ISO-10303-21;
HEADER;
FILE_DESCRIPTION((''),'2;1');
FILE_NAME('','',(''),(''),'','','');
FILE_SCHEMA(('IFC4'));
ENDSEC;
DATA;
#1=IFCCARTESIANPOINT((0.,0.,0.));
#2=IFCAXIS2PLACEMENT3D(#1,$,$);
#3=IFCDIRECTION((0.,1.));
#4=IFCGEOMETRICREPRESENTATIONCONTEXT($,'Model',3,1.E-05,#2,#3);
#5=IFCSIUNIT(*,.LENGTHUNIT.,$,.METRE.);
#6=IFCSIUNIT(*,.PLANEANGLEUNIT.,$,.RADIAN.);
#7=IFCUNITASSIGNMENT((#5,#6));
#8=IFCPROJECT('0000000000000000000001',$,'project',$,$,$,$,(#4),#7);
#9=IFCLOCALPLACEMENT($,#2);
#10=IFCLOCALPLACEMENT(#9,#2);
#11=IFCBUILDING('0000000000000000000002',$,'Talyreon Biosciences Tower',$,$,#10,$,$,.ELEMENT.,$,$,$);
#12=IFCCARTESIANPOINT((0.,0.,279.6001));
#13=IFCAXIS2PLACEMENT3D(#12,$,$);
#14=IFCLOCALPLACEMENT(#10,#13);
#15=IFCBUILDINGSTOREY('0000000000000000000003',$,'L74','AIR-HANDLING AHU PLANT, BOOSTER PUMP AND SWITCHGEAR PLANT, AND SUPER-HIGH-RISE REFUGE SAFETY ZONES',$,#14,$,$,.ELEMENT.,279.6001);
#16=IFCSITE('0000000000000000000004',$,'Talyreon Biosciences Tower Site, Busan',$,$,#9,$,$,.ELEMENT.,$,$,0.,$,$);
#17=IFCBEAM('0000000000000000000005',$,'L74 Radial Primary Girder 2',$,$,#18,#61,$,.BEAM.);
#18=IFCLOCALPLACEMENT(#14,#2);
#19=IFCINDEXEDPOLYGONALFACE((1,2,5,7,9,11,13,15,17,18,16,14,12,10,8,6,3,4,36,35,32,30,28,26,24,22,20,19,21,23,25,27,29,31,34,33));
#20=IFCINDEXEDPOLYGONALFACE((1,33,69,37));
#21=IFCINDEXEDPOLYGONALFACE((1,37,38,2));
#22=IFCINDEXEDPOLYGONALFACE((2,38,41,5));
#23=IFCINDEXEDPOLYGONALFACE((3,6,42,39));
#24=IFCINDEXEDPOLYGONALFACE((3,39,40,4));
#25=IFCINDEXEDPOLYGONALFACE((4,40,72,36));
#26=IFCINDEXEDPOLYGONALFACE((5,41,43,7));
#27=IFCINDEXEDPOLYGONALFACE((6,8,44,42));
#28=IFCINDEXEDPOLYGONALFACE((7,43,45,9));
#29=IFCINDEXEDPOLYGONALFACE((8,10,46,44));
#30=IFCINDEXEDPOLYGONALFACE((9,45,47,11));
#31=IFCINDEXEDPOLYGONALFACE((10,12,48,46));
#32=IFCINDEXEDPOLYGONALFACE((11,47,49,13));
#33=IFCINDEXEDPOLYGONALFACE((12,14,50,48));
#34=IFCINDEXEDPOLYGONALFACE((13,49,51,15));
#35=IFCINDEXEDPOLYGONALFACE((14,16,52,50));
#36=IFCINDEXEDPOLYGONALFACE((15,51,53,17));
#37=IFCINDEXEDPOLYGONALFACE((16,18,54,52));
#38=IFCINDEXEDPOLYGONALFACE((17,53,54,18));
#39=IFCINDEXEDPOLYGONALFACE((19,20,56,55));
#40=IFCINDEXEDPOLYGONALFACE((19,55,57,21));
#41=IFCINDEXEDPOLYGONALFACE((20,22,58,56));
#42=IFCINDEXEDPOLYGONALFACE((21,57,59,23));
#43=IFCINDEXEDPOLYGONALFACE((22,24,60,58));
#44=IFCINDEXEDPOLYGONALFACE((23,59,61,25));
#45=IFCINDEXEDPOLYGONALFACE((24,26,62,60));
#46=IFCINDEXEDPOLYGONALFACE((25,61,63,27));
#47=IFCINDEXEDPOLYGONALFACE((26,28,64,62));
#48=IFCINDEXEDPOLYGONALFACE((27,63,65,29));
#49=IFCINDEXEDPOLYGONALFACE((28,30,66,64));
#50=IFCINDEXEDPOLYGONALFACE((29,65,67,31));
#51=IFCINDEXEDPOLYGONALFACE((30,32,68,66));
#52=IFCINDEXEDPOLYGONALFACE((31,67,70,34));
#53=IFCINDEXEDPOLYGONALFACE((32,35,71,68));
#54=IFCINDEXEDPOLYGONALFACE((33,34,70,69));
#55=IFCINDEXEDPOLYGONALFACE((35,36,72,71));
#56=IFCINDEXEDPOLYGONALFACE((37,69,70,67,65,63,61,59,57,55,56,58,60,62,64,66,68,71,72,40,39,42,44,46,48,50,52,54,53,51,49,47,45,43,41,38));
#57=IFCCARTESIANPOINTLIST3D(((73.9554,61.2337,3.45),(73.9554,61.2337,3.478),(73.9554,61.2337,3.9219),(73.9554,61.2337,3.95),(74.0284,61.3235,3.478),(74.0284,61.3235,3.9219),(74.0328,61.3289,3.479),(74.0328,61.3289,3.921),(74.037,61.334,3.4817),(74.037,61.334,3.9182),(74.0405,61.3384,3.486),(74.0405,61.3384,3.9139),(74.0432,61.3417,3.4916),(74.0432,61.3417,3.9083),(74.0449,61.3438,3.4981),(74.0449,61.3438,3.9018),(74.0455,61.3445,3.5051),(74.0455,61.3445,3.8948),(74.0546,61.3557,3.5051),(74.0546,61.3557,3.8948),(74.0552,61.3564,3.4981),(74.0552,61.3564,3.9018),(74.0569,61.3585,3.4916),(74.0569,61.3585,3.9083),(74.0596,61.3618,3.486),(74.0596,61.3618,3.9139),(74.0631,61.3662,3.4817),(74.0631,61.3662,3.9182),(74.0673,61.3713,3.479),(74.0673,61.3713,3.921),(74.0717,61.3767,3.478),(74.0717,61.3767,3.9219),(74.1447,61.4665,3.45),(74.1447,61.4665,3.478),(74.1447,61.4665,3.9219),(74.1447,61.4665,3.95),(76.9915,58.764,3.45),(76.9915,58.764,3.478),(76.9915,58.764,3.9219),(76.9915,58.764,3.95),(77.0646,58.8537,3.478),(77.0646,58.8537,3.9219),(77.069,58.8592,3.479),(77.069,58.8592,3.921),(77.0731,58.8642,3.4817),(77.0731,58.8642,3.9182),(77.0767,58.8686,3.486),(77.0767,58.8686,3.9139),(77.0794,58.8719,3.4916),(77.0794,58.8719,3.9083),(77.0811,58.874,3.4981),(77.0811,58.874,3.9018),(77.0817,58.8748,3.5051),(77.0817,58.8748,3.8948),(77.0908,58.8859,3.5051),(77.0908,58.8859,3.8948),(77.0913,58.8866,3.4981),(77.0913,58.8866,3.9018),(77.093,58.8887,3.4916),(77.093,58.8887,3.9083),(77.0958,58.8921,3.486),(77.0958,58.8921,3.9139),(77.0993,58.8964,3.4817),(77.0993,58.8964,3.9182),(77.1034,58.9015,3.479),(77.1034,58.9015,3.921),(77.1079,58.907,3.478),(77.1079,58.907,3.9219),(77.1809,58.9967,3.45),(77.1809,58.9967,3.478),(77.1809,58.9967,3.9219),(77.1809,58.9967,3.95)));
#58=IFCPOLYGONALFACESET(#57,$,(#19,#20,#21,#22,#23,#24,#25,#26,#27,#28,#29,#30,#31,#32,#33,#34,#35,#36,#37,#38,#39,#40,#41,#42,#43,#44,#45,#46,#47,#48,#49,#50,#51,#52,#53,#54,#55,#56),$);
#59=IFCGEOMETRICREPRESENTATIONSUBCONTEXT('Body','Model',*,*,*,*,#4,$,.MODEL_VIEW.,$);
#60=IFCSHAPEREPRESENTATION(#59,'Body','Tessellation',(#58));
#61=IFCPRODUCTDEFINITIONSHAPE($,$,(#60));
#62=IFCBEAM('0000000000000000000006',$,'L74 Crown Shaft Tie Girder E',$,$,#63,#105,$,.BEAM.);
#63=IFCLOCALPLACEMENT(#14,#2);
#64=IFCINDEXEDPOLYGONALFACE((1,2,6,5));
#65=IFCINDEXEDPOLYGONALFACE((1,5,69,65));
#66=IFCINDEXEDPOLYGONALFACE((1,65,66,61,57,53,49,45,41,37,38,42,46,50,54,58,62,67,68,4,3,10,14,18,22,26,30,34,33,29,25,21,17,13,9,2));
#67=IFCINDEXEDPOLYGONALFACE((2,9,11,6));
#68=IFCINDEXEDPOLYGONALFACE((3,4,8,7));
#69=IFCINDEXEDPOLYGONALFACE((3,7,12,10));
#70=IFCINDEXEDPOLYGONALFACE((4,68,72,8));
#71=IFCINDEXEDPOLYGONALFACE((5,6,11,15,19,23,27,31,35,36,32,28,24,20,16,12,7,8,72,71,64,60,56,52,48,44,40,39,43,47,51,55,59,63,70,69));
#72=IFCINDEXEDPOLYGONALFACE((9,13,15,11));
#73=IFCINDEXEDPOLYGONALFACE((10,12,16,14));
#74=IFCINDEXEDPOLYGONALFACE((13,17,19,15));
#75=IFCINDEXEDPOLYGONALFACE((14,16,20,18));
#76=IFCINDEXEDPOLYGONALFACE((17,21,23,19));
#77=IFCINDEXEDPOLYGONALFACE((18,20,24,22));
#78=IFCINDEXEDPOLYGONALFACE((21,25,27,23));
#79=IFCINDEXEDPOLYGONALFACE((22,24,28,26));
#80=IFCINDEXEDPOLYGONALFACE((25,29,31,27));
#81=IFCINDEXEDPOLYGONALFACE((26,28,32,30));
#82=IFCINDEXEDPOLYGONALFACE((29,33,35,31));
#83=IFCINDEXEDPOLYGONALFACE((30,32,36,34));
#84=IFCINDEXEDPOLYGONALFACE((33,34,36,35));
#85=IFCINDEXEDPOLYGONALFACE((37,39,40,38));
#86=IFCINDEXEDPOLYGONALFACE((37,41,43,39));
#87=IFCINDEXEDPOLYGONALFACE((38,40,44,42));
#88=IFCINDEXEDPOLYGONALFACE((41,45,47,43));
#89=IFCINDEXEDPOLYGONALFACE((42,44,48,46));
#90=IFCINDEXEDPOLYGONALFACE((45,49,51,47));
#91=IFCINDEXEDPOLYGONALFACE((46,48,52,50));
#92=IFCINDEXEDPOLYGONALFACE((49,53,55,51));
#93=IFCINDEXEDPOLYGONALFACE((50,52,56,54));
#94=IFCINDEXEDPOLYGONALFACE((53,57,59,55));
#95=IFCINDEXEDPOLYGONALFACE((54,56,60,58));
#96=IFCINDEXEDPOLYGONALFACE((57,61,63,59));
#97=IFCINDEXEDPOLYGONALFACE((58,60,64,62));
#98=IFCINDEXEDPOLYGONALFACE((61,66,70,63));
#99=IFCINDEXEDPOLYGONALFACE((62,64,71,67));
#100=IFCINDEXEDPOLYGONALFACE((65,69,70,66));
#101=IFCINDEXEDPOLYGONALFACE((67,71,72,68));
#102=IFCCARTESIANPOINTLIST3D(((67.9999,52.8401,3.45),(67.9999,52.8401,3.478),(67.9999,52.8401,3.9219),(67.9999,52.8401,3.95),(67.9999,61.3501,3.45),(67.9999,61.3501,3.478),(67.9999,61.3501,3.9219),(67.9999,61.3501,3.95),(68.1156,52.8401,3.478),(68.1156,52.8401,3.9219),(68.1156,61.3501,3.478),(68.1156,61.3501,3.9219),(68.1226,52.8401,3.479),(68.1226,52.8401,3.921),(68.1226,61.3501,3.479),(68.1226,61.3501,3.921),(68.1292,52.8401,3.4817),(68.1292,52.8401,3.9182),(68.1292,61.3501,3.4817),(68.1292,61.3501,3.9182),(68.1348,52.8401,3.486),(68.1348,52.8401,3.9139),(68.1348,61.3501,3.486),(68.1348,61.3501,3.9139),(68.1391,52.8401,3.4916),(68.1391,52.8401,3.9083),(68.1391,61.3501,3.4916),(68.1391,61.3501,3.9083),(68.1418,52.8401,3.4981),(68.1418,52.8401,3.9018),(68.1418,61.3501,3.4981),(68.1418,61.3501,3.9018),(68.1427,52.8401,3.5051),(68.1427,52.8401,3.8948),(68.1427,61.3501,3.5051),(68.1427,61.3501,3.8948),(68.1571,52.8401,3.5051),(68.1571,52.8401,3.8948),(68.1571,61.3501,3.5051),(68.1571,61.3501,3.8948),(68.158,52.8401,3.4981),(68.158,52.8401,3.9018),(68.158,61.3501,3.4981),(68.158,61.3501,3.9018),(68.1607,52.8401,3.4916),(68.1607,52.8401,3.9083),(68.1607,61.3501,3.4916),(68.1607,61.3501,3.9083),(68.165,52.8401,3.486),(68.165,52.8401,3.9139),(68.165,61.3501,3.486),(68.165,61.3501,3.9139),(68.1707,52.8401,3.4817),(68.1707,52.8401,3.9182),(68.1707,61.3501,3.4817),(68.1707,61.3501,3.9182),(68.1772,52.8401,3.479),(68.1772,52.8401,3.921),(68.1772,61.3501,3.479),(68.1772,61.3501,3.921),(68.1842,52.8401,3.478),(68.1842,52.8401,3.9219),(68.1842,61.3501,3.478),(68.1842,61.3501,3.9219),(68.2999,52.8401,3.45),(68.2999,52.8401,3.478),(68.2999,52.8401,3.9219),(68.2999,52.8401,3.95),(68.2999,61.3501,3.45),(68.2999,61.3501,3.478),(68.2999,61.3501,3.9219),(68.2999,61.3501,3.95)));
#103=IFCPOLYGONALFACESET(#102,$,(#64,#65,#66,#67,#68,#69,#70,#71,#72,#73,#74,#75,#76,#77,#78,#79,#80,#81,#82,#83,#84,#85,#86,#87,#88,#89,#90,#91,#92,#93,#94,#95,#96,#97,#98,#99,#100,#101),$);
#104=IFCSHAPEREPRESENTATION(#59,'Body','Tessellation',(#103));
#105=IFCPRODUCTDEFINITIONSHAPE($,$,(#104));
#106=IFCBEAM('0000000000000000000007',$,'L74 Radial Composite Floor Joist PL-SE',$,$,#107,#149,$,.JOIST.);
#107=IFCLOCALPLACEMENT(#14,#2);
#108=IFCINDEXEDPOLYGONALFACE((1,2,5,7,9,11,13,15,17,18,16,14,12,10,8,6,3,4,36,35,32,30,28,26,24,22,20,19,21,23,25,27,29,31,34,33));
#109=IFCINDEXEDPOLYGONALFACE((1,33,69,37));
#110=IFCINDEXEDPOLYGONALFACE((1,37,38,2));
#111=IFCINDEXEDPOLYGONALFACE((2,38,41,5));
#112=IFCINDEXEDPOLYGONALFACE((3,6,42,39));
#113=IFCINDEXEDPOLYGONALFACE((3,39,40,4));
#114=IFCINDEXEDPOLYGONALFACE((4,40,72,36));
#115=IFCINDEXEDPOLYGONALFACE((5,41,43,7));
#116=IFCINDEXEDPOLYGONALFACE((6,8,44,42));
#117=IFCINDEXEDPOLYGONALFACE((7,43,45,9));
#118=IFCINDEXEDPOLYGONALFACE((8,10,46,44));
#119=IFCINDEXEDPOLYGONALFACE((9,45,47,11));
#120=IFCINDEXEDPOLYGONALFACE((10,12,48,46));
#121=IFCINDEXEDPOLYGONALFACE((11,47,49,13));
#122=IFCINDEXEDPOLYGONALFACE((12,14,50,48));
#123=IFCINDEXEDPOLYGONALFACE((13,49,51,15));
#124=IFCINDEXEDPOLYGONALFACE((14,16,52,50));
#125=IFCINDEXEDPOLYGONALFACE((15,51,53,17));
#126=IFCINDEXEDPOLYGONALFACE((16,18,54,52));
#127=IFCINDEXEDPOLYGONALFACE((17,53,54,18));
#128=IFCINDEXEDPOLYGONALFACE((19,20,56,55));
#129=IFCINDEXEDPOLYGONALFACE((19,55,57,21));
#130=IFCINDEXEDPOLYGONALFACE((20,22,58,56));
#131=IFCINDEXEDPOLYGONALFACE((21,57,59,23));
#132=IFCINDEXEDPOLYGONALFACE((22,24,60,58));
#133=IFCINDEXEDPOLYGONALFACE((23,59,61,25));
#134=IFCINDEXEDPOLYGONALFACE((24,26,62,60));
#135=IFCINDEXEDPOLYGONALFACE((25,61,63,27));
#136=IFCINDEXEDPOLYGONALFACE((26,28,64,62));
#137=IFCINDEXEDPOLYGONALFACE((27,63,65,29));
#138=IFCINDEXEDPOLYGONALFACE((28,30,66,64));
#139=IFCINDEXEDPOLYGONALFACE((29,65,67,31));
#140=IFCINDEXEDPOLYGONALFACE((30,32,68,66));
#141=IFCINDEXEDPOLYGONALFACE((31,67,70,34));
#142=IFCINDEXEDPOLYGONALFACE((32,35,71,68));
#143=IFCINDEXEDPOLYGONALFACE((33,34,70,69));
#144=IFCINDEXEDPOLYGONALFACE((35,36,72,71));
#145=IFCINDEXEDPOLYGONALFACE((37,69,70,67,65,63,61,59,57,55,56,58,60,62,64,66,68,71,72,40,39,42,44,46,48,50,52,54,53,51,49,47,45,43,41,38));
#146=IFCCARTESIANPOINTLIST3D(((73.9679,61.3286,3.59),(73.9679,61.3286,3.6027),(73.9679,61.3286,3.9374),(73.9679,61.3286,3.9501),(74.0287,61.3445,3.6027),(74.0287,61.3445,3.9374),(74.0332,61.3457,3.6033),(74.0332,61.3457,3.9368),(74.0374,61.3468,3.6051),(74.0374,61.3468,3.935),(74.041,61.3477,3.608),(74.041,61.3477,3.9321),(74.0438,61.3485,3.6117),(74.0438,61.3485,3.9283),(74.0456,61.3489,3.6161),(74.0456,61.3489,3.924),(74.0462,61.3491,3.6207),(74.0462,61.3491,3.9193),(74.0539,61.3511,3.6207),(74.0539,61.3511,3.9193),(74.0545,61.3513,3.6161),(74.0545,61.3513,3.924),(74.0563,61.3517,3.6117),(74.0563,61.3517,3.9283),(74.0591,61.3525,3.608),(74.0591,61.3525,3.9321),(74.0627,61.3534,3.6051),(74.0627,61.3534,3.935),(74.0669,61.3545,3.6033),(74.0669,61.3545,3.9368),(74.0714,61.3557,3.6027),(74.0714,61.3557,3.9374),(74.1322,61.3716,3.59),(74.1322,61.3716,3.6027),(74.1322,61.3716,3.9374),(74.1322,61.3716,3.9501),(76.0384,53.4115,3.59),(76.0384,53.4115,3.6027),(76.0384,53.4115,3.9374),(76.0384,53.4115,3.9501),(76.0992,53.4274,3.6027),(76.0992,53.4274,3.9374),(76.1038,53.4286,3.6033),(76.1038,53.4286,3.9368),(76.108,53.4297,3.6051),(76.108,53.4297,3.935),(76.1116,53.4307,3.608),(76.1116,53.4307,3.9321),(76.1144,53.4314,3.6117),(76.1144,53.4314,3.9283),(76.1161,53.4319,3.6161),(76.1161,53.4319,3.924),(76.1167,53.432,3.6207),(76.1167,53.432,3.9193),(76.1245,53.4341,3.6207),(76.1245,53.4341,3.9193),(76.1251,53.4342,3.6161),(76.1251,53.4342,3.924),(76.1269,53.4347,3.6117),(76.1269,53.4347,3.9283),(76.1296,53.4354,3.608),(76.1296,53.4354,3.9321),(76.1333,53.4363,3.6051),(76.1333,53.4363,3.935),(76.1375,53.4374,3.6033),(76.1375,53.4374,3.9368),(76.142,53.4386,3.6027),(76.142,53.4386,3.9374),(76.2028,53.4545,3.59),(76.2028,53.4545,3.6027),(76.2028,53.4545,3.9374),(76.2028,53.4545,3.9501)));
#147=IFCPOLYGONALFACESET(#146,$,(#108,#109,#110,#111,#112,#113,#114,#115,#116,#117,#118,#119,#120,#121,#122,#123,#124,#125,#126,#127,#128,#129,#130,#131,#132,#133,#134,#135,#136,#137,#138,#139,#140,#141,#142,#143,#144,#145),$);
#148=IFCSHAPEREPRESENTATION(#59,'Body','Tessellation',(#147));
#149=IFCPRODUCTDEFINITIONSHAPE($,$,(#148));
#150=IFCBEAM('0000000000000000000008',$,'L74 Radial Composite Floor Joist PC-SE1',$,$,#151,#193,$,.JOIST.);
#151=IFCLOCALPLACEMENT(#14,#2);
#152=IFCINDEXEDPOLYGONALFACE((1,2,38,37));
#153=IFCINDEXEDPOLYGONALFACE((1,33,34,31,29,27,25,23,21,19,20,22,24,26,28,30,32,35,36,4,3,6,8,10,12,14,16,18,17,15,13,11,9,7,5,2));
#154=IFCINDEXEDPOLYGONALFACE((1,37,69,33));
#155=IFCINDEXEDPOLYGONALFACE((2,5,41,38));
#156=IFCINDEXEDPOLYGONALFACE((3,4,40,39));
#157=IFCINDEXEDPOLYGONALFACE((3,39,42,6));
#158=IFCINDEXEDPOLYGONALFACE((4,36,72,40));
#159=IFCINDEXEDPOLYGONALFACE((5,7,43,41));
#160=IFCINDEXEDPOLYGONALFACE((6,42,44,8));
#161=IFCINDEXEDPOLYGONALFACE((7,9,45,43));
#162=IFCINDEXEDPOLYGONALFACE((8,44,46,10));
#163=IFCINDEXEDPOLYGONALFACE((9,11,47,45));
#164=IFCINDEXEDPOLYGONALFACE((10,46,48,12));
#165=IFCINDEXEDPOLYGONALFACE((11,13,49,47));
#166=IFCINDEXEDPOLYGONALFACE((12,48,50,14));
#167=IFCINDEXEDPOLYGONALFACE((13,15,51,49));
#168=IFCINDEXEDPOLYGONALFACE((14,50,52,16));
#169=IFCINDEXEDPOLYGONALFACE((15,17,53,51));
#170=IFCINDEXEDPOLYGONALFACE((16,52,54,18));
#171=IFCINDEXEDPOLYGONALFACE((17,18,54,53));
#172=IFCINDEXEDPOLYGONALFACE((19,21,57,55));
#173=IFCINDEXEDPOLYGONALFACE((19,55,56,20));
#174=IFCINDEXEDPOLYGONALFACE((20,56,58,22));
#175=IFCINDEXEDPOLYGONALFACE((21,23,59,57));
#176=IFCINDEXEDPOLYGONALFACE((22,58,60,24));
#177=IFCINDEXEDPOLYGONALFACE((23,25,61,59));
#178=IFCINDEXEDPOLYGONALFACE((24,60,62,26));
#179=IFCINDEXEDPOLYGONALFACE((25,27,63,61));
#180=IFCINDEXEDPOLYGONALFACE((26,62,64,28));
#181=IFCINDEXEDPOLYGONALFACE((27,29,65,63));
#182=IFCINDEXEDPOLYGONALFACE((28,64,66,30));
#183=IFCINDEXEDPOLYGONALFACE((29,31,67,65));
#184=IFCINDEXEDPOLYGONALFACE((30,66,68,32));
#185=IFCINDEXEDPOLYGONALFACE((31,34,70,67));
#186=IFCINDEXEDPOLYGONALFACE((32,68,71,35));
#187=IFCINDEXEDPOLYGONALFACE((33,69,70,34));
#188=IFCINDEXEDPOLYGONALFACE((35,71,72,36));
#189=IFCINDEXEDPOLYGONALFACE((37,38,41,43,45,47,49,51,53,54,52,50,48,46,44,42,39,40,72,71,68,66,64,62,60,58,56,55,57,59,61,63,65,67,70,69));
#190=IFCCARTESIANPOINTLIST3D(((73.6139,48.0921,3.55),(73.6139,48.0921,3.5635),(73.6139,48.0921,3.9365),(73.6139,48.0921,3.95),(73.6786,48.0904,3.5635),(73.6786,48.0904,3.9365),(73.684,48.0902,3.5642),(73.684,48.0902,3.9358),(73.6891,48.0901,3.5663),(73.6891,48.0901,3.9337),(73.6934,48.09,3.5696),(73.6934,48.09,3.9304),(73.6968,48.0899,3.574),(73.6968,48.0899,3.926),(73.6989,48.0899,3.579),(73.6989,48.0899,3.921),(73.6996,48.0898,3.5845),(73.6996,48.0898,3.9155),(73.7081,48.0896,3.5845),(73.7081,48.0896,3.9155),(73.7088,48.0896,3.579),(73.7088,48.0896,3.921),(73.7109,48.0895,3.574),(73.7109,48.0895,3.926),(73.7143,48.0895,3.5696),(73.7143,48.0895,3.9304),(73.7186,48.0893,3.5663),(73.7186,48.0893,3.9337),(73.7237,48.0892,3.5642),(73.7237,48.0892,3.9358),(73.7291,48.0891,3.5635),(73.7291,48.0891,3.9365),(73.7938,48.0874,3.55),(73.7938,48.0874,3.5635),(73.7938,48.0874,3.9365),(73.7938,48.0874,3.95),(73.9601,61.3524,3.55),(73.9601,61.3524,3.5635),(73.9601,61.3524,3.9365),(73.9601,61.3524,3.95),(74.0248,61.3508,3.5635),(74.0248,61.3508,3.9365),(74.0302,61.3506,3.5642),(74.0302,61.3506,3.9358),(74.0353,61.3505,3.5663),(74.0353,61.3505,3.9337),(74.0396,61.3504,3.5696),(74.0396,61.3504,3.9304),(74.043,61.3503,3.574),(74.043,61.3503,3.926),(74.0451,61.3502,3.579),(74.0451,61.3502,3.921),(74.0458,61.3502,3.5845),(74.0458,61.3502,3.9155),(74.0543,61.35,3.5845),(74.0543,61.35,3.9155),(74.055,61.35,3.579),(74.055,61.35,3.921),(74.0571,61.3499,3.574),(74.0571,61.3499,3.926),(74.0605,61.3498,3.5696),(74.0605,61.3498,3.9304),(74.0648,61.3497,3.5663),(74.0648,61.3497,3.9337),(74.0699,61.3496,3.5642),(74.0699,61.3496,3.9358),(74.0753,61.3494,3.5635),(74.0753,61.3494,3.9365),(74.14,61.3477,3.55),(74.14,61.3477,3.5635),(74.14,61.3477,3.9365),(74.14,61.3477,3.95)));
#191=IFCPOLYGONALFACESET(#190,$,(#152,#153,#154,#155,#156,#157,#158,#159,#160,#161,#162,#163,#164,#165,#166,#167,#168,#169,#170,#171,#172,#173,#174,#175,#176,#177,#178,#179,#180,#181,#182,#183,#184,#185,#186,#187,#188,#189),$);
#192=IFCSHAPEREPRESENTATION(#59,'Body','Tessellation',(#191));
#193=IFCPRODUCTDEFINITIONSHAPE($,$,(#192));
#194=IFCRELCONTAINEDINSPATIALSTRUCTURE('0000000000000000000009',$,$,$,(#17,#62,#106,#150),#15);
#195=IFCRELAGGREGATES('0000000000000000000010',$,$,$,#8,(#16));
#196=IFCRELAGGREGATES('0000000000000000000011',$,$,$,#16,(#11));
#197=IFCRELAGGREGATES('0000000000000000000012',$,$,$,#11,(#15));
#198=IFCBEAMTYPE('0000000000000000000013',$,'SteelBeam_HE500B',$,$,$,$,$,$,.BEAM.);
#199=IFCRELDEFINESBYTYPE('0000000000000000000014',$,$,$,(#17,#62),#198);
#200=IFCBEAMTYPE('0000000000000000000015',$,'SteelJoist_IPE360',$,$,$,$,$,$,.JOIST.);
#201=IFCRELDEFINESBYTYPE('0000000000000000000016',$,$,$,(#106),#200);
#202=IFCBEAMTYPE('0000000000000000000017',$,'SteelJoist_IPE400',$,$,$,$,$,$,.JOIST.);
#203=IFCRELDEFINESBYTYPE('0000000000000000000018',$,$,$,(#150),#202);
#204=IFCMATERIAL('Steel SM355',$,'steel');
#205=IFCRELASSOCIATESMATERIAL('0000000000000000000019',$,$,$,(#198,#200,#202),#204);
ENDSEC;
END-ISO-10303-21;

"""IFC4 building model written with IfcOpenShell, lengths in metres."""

from ifc_helpers import new_model, si_unit, direction, frame, origin, origin_2d, place, context, subcontext, project, spatial, i_section, extrude, material, material_profile, profile_set, type_object, element, save


model = new_model("IFC4")

# Units and contexts
model_context = context("Model", 3, precision=1e-05, world=origin(), true_north=direction((0.0, 1.0)))
body_context = subcontext(model_context, "Body", "Model", "MODEL_VIEW")
ifc_project = project(units=[si_unit("LENGTHUNIT", "METRE"), si_unit("PLANEANGLEUNIT", "RADIAN")], contexts=[model_context])

# Site, building, storey
site_placement = place(None, origin())
site = spatial("IfcSite", under=ifc_project, at=site_placement, Name="Talyreon Biosciences Tower Site, Busan", CompositionType="ELEMENT", RefElevation=0.0)
building_placement = place(site_placement, origin())
building = spatial("IfcBuilding", under=site, at=building_placement, Name="Talyreon Biosciences Tower", CompositionType="ELEMENT")
storey_placement = place(building_placement, frame((0.0, 0.0, 279.6001)))
storey = spatial("IfcBuildingStorey", under=building, at=storey_placement, Name="L74", Description="AIR-HANDLING AHU PLANT, BOOSTER PUMP AND SWITCHGEAR PLANT, AND SUPER-HIGH-RISE REFUGE SAFETY ZONES", CompositionType="ELEMENT", Elevation=279.6001)

# Shared definitions
ifc_material_1 = material(Name="Steel SM355", Category="steel")

# Beams
ifc_material_profile_1 = material_profile(ifc_material_1, i_section(OverallWidth=0.3, OverallDepth=0.5, WebThickness=0.0144, FlangeThickness=0.0281, FilletRadius=0.0271, at=origin_2d()), Name="HE500B")
ifc_profile_set_1 = profile_set([ifc_material_profile_1], Name="Steel SM355")
beam_type_1 = type_object("IfcBeamType", Name="SteelBeam_HE500B", PredefinedType="BEAM", material=ifc_profile_set_1)
beam_1_placement = place(storey_placement, frame((74.05, 61.3501, 3.7), z_axis=(0.775755, -0.631034, 0.0), x_axis=(0.631034, 0.775755, 0.0)))
element("IfcBeam", 1, at=beam_1_placement, inside=storey, type_object=beam_type_1, Name="L74 Radial Primary Girder 2", PredefinedType="BEAM", context=body_context, shape_type="SweptSolid", body=[
    extrude(i_section(OverallWidth=0.3, OverallDepth=0.5, WebThickness=0.0144, FlangeThickness=0.0281, FilletRadius=0.0271, at=origin_2d()), origin(), (0.0, 0.0, 1.0), 3.9138),
])
beam_2_placement = place(storey_placement, frame((68.1499, 52.8401, 3.7), z_axis=(0.0, 1.0, 0.0), x_axis=(-1.0, 0.0, 0.0)))
element("IfcBeam", 2, at=beam_2_placement, inside=storey, type_object=beam_type_1, Name="L74 Crown Shaft Tie Girder E", PredefinedType="BEAM", context=body_context, shape_type="SweptSolid", body=[
    extrude(i_section(OverallWidth=0.3, OverallDepth=0.5, WebThickness=0.0144, FlangeThickness=0.0281, FilletRadius=0.0271, at=origin_2d()), origin(), (0.0, 0.0, 1.0), 8.51),
])
ifc_material_profile_2 = material_profile(ifc_material_1, i_section(OverallWidth=0.1699, OverallDepth=0.3601, WebThickness=0.0081, FlangeThickness=0.0127, FilletRadius=0.0181, at=origin_2d()), Name="IPE360")
ifc_profile_set_2 = profile_set([ifc_material_profile_2], Name="Steel SM355")
beam_type_2 = type_object("IfcBeamType", Name="SteelJoist_IPE360", PredefinedType="JOIST", material=ifc_profile_set_2)
beam_3_placement = place(storey_placement, frame((74.05, 61.3501, 3.77), z_axis=(0.253023, -0.96746, 0.0), x_axis=(0.96746, 0.253023, 0.0)))
element("IfcBeam", 3, at=beam_3_placement, inside=storey, type_object=beam_type_2, Name="L74 Radial Composite Floor Joist PL-SE", PredefinedType="JOIST", context=body_context, shape_type="SweptSolid", body=[
    extrude(i_section(OverallWidth=0.1699, OverallDepth=0.3601, WebThickness=0.0081, FlangeThickness=0.0127, FilletRadius=0.0181, at=origin_2d()), origin(), (0.0, 0.0, 1.0), 8.1833),
])
ifc_material_profile_3 = material_profile(ifc_material_1, i_section(OverallWidth=0.1799, OverallDepth=0.3999, WebThickness=0.0085, FlangeThickness=0.0134, FilletRadius=0.021, at=origin_2d()), Name="IPE400")
ifc_profile_set_3 = profile_set([ifc_material_profile_3], Name="Steel SM355")
beam_type_3 = type_object("IfcBeamType", Name="SteelJoist_IPE400", PredefinedType="JOIST", material=ifc_profile_set_3)
beam_4_placement = place(storey_placement, frame((74.05, 61.3501, 3.75), z_axis=(-0.026099, -0.999659, 0.0), x_axis=(0.999659, -0.026099, 0.0)))
element("IfcBeam", 4, at=beam_4_placement, inside=storey, type_object=beam_type_3, Name="L74 Radial Composite Floor Joist PC-SE1", PredefinedType="JOIST", context=body_context, shape_type="SweptSolid", body=[
    extrude(i_section(OverallWidth=0.1799, OverallDepth=0.3999, WebThickness=0.0085, FlangeThickness=0.0134, FilletRadius=0.021, at=origin_2d()), origin(), (0.0, 0.0, 1.0), 13.2649),
])

save(model, "model.ifc")
